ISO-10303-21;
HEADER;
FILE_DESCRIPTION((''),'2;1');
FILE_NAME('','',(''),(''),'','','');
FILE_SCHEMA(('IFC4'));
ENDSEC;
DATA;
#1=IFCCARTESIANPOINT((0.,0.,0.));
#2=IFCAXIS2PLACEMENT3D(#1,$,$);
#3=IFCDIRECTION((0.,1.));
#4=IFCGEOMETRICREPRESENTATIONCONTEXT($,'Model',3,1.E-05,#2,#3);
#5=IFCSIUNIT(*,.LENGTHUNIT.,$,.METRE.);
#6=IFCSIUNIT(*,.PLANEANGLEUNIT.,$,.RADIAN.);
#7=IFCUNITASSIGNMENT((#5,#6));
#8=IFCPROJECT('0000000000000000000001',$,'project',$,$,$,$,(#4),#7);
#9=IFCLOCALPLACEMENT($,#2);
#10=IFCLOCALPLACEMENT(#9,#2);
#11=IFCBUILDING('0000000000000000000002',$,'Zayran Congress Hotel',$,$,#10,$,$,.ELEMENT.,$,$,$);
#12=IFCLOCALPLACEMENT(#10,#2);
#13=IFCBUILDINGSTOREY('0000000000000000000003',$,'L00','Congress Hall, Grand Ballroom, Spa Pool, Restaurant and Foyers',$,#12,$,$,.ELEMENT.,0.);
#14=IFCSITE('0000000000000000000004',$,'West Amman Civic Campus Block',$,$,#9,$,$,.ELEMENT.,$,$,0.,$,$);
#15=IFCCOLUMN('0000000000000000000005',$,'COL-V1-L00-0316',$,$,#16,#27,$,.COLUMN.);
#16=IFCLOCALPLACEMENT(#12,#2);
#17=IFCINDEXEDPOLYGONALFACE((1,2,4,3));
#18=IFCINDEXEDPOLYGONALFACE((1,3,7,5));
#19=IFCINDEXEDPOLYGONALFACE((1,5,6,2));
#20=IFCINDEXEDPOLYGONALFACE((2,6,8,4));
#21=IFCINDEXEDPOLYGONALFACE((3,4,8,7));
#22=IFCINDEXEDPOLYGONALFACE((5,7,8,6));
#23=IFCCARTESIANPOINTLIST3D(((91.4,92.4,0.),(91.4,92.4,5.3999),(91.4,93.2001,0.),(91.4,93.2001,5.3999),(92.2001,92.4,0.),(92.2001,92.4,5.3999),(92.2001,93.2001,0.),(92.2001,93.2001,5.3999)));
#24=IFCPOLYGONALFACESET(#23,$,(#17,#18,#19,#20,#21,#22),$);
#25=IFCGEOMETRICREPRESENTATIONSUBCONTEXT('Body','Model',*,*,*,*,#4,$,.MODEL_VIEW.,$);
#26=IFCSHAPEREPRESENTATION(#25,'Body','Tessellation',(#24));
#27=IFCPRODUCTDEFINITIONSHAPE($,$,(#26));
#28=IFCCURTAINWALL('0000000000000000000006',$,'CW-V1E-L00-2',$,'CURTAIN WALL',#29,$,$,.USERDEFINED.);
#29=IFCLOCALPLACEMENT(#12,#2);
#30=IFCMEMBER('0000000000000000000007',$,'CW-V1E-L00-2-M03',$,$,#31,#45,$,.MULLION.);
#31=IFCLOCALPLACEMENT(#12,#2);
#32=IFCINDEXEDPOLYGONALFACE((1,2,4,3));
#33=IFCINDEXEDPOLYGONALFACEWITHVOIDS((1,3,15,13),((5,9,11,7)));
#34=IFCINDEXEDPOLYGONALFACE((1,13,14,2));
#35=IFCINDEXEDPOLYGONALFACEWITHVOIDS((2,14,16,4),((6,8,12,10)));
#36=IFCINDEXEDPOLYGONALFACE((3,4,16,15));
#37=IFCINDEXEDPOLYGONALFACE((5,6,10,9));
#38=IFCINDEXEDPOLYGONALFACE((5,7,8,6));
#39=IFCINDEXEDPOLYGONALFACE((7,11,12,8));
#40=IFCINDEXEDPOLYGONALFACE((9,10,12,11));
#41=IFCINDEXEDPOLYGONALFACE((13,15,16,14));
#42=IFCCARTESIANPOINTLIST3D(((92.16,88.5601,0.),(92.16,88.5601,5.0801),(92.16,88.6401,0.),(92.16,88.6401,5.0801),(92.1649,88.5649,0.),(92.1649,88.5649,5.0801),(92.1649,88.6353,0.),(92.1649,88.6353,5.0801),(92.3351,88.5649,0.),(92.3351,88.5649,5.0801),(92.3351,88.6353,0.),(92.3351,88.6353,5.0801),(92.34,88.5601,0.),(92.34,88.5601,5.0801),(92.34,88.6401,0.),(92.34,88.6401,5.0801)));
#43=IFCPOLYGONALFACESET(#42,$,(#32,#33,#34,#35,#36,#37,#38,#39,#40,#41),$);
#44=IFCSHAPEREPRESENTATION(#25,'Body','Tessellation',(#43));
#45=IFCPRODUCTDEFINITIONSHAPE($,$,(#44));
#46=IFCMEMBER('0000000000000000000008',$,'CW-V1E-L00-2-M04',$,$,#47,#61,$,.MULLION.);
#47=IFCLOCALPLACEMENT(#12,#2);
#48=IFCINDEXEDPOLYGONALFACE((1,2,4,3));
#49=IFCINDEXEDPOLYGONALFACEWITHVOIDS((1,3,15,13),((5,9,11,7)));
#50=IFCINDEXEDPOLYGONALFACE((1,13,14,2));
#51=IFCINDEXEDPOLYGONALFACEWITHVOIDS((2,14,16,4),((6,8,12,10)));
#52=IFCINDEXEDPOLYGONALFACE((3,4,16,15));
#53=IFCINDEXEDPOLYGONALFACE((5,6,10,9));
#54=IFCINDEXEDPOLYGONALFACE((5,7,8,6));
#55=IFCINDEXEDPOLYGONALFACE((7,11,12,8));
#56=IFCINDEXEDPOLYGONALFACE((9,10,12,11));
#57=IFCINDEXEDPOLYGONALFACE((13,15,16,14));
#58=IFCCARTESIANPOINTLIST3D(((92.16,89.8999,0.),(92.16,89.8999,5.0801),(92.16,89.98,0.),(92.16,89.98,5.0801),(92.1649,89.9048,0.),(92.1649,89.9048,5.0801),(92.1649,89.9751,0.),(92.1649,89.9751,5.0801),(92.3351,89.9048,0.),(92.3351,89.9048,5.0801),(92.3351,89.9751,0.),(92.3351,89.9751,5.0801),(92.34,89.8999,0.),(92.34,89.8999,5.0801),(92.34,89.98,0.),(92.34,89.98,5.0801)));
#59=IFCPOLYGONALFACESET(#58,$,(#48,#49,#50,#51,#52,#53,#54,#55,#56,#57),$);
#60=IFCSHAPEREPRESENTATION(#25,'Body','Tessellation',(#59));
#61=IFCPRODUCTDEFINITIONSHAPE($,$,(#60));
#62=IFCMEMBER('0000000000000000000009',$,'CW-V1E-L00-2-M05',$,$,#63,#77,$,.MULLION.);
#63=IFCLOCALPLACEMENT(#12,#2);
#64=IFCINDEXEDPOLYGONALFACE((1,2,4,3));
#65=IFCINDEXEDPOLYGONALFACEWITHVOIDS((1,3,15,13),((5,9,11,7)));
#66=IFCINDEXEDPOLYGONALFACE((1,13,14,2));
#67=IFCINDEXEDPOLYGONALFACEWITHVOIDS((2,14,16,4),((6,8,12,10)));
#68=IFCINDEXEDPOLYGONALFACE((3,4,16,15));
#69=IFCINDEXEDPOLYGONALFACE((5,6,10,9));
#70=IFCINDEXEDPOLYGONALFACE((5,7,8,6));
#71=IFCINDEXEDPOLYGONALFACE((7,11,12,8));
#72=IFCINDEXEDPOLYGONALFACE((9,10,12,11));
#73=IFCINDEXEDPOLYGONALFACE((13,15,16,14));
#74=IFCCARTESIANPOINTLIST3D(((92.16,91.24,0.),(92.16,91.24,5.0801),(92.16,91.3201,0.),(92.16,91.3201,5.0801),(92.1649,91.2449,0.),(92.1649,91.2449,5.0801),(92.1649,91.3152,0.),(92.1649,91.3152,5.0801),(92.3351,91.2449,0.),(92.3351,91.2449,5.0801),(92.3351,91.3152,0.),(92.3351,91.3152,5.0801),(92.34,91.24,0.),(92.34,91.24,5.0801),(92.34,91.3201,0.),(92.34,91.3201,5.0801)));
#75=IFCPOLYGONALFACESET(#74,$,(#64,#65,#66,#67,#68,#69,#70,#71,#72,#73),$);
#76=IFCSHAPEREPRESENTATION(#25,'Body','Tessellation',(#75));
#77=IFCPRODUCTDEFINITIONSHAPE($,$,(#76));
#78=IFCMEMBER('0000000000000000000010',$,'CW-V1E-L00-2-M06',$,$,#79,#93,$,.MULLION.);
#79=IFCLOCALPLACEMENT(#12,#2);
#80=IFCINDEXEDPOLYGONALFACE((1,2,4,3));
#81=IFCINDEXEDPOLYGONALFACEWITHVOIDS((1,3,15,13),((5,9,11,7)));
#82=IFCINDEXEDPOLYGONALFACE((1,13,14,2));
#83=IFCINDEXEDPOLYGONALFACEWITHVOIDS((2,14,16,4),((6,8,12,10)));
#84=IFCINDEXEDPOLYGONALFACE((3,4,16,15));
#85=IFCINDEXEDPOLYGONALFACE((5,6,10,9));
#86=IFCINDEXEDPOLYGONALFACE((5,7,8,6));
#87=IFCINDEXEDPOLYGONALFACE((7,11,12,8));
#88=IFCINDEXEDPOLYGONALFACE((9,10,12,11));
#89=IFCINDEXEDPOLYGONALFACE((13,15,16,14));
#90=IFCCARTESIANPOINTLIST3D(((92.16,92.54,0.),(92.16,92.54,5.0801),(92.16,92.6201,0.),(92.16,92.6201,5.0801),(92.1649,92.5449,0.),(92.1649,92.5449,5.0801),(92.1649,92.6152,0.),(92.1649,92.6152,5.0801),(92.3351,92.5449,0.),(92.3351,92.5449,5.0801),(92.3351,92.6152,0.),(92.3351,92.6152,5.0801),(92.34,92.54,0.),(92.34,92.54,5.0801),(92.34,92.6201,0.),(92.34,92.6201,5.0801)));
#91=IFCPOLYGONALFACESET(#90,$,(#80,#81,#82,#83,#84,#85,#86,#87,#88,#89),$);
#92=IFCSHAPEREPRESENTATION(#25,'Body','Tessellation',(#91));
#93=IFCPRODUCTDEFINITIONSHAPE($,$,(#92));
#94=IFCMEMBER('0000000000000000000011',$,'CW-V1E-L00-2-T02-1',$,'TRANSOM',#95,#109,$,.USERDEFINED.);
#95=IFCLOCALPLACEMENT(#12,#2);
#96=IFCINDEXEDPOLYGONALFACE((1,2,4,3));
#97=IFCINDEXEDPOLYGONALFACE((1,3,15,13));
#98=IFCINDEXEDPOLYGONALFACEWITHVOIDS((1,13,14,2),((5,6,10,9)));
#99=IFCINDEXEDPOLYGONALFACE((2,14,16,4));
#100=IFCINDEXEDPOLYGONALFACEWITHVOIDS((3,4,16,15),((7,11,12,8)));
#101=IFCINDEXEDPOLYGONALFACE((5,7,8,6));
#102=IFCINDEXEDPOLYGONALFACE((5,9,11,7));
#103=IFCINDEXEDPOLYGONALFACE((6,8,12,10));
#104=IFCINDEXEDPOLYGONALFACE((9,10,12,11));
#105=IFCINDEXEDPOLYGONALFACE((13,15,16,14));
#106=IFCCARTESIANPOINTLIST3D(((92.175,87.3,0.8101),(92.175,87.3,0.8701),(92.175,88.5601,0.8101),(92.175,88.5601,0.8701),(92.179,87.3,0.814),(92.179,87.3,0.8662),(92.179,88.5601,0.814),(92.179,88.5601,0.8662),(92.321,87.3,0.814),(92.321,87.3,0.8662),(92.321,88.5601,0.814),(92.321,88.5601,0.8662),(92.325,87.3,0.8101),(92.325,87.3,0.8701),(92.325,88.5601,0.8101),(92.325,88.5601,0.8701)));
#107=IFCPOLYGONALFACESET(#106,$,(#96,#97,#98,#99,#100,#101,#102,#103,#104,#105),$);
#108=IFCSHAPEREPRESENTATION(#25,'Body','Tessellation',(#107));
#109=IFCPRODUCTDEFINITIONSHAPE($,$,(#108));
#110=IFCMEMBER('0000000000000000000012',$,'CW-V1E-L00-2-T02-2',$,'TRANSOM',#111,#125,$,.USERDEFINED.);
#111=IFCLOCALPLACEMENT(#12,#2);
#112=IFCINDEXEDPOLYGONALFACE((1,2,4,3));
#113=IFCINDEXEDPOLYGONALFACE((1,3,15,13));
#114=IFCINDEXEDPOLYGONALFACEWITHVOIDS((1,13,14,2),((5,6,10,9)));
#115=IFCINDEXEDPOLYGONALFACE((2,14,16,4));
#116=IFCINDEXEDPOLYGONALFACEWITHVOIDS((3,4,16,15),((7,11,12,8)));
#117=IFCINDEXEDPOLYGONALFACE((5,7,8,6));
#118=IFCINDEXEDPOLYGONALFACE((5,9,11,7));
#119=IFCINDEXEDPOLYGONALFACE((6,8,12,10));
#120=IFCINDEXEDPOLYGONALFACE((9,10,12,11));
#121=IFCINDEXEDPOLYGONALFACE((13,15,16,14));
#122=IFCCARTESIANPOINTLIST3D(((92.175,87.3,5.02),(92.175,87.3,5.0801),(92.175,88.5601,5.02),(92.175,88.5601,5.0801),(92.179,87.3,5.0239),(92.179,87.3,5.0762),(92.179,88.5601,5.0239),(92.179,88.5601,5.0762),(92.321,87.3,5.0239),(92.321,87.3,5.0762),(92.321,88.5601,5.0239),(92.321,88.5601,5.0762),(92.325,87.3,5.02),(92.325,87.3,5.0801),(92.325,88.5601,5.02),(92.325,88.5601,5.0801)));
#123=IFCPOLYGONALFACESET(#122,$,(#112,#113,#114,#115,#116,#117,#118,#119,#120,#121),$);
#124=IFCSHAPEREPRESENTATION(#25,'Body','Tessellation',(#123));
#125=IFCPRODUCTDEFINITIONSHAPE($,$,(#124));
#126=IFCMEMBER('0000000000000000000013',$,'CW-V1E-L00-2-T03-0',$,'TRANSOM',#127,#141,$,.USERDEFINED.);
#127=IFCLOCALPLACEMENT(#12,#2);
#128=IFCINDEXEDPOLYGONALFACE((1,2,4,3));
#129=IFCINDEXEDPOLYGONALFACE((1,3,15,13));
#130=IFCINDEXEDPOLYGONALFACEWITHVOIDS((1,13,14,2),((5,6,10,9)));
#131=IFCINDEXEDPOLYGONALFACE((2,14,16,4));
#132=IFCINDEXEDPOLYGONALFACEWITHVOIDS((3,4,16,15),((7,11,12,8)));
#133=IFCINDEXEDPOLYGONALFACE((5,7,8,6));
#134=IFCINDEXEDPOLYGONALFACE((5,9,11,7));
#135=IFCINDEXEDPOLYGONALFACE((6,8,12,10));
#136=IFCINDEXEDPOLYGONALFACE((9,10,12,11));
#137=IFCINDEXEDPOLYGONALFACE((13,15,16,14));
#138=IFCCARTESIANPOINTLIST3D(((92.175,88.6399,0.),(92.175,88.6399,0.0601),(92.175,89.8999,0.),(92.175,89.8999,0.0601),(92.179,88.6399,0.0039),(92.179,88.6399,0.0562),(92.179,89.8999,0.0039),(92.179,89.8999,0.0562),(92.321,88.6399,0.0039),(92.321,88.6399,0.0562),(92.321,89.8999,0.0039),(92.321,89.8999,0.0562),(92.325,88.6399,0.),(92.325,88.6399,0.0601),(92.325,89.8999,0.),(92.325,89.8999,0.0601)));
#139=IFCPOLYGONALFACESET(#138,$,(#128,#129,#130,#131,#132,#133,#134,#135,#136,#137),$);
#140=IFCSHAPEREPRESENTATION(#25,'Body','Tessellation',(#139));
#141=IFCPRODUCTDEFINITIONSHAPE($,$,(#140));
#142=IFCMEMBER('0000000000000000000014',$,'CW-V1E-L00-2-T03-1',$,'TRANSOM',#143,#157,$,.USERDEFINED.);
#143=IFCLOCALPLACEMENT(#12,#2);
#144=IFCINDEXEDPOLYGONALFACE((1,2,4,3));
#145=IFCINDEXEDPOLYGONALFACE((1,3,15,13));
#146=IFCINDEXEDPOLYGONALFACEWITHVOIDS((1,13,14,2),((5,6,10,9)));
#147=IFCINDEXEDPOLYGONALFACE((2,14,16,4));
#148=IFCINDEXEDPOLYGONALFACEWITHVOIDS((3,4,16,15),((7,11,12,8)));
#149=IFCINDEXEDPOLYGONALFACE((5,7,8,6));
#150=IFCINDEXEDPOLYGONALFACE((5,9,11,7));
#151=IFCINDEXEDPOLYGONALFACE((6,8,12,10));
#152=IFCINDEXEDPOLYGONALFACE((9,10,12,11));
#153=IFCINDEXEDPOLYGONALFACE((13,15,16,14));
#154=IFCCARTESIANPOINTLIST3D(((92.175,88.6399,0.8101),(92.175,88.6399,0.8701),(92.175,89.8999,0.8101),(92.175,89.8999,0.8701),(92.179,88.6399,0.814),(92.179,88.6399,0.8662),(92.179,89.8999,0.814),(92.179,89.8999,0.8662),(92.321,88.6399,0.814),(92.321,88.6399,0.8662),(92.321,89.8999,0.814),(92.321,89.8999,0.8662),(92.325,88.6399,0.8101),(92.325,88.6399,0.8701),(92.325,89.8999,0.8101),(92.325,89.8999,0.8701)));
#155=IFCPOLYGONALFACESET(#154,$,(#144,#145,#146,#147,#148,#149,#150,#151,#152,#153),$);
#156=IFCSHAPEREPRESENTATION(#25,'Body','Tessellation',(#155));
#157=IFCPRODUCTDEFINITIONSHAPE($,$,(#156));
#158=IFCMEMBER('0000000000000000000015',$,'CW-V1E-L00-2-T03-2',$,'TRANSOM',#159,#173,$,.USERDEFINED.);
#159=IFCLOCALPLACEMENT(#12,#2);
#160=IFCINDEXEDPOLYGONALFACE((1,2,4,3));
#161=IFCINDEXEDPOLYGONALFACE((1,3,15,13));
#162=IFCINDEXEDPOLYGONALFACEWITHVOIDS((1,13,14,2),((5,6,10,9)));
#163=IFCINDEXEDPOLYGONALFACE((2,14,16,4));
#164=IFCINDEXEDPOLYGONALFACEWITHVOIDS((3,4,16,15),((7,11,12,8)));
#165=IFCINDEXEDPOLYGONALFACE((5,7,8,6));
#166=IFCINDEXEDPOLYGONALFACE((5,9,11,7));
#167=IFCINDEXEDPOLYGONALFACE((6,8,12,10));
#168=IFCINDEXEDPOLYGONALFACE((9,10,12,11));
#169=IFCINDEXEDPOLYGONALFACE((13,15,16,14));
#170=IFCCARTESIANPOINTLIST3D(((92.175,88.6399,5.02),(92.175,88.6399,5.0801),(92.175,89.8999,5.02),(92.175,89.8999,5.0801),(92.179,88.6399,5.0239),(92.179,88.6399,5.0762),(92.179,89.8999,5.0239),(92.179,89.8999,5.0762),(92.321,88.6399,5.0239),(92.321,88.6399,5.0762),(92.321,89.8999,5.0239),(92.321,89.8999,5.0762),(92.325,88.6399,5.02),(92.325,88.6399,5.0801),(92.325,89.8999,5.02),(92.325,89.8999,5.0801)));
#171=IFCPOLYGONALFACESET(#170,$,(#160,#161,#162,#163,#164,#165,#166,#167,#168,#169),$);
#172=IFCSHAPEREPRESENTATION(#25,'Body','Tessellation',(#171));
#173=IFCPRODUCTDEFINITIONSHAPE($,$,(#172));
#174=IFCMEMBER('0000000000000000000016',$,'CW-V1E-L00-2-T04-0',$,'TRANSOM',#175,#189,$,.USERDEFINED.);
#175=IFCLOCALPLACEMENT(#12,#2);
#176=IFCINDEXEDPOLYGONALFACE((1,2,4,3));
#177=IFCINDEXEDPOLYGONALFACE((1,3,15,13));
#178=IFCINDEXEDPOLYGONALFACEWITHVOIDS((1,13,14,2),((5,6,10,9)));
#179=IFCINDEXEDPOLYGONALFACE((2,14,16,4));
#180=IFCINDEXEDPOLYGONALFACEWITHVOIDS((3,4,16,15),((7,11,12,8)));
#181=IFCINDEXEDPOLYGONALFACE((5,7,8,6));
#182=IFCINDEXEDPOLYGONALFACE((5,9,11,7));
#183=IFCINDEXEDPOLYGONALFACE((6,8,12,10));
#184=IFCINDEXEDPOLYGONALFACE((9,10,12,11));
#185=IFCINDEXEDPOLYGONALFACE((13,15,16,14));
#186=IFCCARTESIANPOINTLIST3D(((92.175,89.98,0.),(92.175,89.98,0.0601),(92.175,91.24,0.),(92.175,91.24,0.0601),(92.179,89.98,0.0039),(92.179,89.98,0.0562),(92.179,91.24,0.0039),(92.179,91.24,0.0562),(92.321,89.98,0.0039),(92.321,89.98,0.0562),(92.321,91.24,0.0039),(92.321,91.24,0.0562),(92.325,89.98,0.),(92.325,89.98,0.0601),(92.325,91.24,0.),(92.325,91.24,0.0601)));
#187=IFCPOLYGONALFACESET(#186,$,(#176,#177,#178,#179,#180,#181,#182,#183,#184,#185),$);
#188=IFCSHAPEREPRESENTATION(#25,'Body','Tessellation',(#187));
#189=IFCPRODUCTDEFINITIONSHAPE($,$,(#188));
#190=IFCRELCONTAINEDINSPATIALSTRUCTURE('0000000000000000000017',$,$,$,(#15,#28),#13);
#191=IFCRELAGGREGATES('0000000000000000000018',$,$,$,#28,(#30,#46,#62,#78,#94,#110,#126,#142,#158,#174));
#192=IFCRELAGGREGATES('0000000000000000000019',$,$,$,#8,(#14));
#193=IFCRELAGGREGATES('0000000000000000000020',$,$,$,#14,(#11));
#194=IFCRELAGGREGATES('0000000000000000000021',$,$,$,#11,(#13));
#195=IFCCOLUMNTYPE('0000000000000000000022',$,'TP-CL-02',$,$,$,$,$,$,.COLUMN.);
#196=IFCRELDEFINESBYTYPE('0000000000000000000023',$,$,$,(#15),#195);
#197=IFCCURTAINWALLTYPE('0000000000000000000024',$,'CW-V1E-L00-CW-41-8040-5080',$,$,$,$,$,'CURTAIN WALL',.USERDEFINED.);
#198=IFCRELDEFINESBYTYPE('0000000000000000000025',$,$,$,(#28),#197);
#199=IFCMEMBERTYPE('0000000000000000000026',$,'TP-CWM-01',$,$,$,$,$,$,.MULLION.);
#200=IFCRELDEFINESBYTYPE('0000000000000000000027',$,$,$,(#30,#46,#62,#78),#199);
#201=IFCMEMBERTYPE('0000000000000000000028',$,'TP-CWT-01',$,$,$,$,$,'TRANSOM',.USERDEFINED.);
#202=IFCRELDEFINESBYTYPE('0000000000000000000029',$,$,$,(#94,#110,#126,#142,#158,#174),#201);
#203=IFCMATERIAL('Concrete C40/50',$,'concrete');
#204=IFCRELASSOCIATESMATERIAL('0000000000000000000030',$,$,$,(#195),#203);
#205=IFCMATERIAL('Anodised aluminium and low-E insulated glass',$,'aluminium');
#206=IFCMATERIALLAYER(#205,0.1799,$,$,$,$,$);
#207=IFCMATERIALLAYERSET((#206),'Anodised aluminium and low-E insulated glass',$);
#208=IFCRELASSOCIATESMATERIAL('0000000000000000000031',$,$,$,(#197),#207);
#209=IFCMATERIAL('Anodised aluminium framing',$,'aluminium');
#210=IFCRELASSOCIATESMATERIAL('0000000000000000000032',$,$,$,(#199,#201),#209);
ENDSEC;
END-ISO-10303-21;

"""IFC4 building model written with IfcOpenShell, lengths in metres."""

from ifc_helpers import new_model, si_unit, direction, frame, origin, origin_2d, place, context, subcontext, project, spatial, rectangle, hollow_rectangle, extrude, material, layer, layer_set, material_profile, profile_set, type_object, element, aggregate, save


model = new_model("IFC4")

# Units and contexts
model_context = context("Model", 3, precision=1e-05, world=origin(), true_north=direction((0.0, 1.0)))
body_context = subcontext(model_context, "Body", "Model", "MODEL_VIEW")
ifc_project = project(units=[si_unit("LENGTHUNIT", "METRE"), si_unit("PLANEANGLEUNIT", "RADIAN")], contexts=[model_context])

# Site, building, storey
site_placement = place(None, origin())
site = spatial("IfcSite", under=ifc_project, at=site_placement, Name="West Amman Civic Campus Block", CompositionType="ELEMENT", RefElevation=0.0)
building_placement = place(site_placement, origin())
building = spatial("IfcBuilding", under=site, at=building_placement, Name="Zayran Congress Hotel", CompositionType="ELEMENT")
storey_placement = place(building_placement, origin())
storey = spatial("IfcBuildingStorey", under=building, at=storey_placement, Name="L00", Description="Congress Hall, Grand Ballroom, Spa Pool, Restaurant and Foyers", CompositionType="ELEMENT", Elevation=0.0)

# Column
ifc_material_1 = material(Name="Concrete C40/50", Category="concrete")
ifc_material_profile_1 = material_profile(ifc_material_1, rectangle(XDim=0.8, YDim=0.8, at=origin_2d()), Name="RC 800x800")
ifc_profile_set_1 = profile_set([ifc_material_profile_1], Name="Concrete C40/50")
column_type = type_object("IfcColumnType", Name="TP-CL-02", PredefinedType="COLUMN", material=ifc_profile_set_1)
column_placement = place(storey_placement, frame((91.8, 92.8, 0.0), z_axis=(0.0, 0.0, 1.0), x_axis=(1.0, 0.0, 0.0)))
element("IfcColumn", 1, at=column_placement, inside=storey, type_object=column_type, Name="COL-V1-L00-0316", PredefinedType="COLUMN", context=body_context, shape_type="SweptSolid", body=[
    extrude(rectangle(XDim=0.8, YDim=0.8, at=origin_2d()), origin(), (0.0, 0.0, 1.0), 5.3999),
])

# Curtain wall, members
ifc_material_2 = material(Name="Anodised aluminium and low-E insulated glass", Category="aluminium")
ifc_layer_1 = layer(ifc_material_2, 0.1799)
ifc_layer_set_1 = layer_set([ifc_layer_1], Name="Anodised aluminium and low-E insulated glass")
curtain_wall_type = type_object("IfcCurtainWallType", Name="CW-V1E-L00-CW-41-8040-5080", ElementType="CURTAIN WALL", PredefinedType="USERDEFINED", material=ifc_layer_set_1)
curtain_wall_placement = place(storey_placement, origin())
curtain_wall = element("IfcCurtainWall", 2, at=curtain_wall_placement, inside=storey, type_object=curtain_wall_type, Name="CW-V1E-L00-2", ObjectType="CURTAIN WALL", PredefinedType="USERDEFINED")
ifc_material_3 = material(Name="Anodised aluminium framing", Category="aluminium")
ifc_material_profile_2 = material_profile(ifc_material_3, hollow_rectangle(XDim=0.0801, YDim=0.1799, WallThickness=0.0049, at=origin_2d()), Name="RHS 180x80x5")
ifc_profile_set_2 = profile_set([ifc_material_profile_2], Name="Anodised aluminium framing")
member_type_1 = type_object("IfcMemberType", Name="TP-CWM-01", PredefinedType="MULLION", material=ifc_profile_set_2)
member_1_placement = place(storey_placement, frame((92.25, 88.6001, 0.0), z_axis=(0.0, 0.0, 1.0), x_axis=(0.0, 1.0, 0.0)))
member_1 = element("IfcMember", 3, at=member_1_placement, type_object=member_type_1, Name="CW-V1E-L00-2-M03", PredefinedType="MULLION", context=body_context, shape_type="SweptSolid", body=[
    extrude(hollow_rectangle(XDim=0.0801, YDim=0.1799, WallThickness=0.0049, at=origin_2d()), origin(), (0.0, 0.0, 1.0), 5.0801),
])
member_2_placement = place(storey_placement, frame((92.25, 89.9399, 0.0), z_axis=(0.0, 0.0, 1.0), x_axis=(0.0, 1.0, 0.0)))
member_2 = element("IfcMember", 4, at=member_2_placement, type_object=member_type_1, Name="CW-V1E-L00-2-M04", PredefinedType="MULLION", context=body_context, shape_type="SweptSolid", body=[
    extrude(hollow_rectangle(XDim=0.0801, YDim=0.1799, WallThickness=0.0049, at=origin_2d()), origin(), (0.0, 0.0, 1.0), 5.0801),
])
member_3_placement = place(storey_placement, frame((92.25, 91.28, 0.0), z_axis=(0.0, 0.0, 1.0), x_axis=(0.0, 1.0, 0.0)))
member_3 = element("IfcMember", 5, at=member_3_placement, type_object=member_type_1, Name="CW-V1E-L00-2-M05", PredefinedType="MULLION", context=body_context, shape_type="SweptSolid", body=[
    extrude(hollow_rectangle(XDim=0.0801, YDim=0.1799, WallThickness=0.0049, at=origin_2d()), origin(), (0.0, 0.0, 1.0), 5.0801),
])
member_4_placement = place(storey_placement, frame((92.25, 92.5801, 0.0), z_axis=(0.0, 0.0, 1.0), x_axis=(0.0, 1.0, 0.0)))
member_4 = element("IfcMember", 6, at=member_4_placement, type_object=member_type_1, Name="CW-V1E-L00-2-M06", PredefinedType="MULLION", context=body_context, shape_type="SweptSolid", body=[
    extrude(hollow_rectangle(XDim=0.0801, YDim=0.1799, WallThickness=0.0049, at=origin_2d()), origin(), (0.0, 0.0, 1.0), 5.0801),
])
ifc_material_profile_3 = material_profile(ifc_material_3, hollow_rectangle(XDim=0.0601, YDim=0.1499, WallThickness=0.0039, at=origin_2d()), Name="RHS 150x60x4")
ifc_profile_set_3 = profile_set([ifc_material_profile_3], Name="Anodised aluminium framing")
member_type_2 = type_object("IfcMemberType", Name="TP-CWT-01", ElementType="TRANSOM", PredefinedType="USERDEFINED", material=ifc_profile_set_3)
member_5_placement = place(storey_placement, frame((92.25, 87.3, 0.8401), z_axis=(0.0, 1.0, 0.0), x_axis=(0.0, 0.0, 1.0)))
member_5 = element("IfcMember", 7, at=member_5_placement, type_object=member_type_2, Name="CW-V1E-L00-2-T02-1", ObjectType="TRANSOM", PredefinedType="USERDEFINED", context=body_context, shape_type="SweptSolid", body=[
    extrude(hollow_rectangle(XDim=0.0601, YDim=0.1499, WallThickness=0.0039, at=origin_2d()), origin(), (0.0, 0.0, 1.0), 1.26),
])
member_6_placement = place(storey_placement, frame((92.25, 87.3, 5.05), z_axis=(0.0, 1.0, 0.0), x_axis=(0.0, 0.0, 1.0)))
member_6 = element("IfcMember", 8, at=member_6_placement, type_object=member_type_2, Name="CW-V1E-L00-2-T02-2", ObjectType="TRANSOM", PredefinedType="USERDEFINED", context=body_context, shape_type="SweptSolid", body=[
    extrude(hollow_rectangle(XDim=0.0601, YDim=0.1499, WallThickness=0.0039, at=origin_2d()), origin(), (0.0, 0.0, 1.0), 1.26),
])
member_7_placement = place(storey_placement, frame((92.25, 88.6399, 0.03), z_axis=(0.0, 1.0, 0.0), x_axis=(0.0, 0.0, 1.0)))
member_7 = element("IfcMember", 9, at=member_7_placement, type_object=member_type_2, Name="CW-V1E-L00-2-T03-0", ObjectType="TRANSOM", PredefinedType="USERDEFINED", context=body_context, shape_type="SweptSolid", body=[
    extrude(hollow_rectangle(XDim=0.0601, YDim=0.1499, WallThickness=0.0039, at=origin_2d()), origin(), (0.0, 0.0, 1.0), 1.26),
])
member_8_placement = place(storey_placement, frame((92.25, 88.6399, 0.8401), z_axis=(0.0, 1.0, 0.0), x_axis=(0.0, 0.0, 1.0)))
member_8 = element("IfcMember", 10, at=member_8_placement, type_object=member_type_2, Name="CW-V1E-L00-2-T03-1", ObjectType="TRANSOM", PredefinedType="USERDEFINED", context=body_context, shape_type="SweptSolid", body=[
    extrude(hollow_rectangle(XDim=0.0601, YDim=0.1499, WallThickness=0.0039, at=origin_2d()), origin(), (0.0, 0.0, 1.0), 1.26),
])
member_9_placement = place(storey_placement, frame((92.25, 88.6399, 5.05), z_axis=(0.0, 1.0, 0.0), x_axis=(0.0, 0.0, 1.0)))
member_9 = element("IfcMember", 11, at=member_9_placement, type_object=member_type_2, Name="CW-V1E-L00-2-T03-2", ObjectType="TRANSOM", PredefinedType="USERDEFINED", context=body_context, shape_type="SweptSolid", body=[
    extrude(hollow_rectangle(XDim=0.0601, YDim=0.1499, WallThickness=0.0039, at=origin_2d()), origin(), (0.0, 0.0, 1.0), 1.26),
])
member_10_placement = place(storey_placement, frame((92.25, 89.98, 0.03), z_axis=(0.0, 1.0, 0.0), x_axis=(0.0, 0.0, 1.0)))
member_10 = element("IfcMember", 12, at=member_10_placement, type_object=member_type_2, Name="CW-V1E-L00-2-T04-0", ObjectType="TRANSOM", PredefinedType="USERDEFINED", context=body_context, shape_type="SweptSolid", body=[
    extrude(hollow_rectangle(XDim=0.0601, YDim=0.1499, WallThickness=0.0039, at=origin_2d()), origin(), (0.0, 0.0, 1.0), 1.26),
])
aggregate(curtain_wall, [member_1, member_2, member_3, member_4, member_5, member_6, member_7, member_8, member_9, member_10])

save(model, "model.ifc")
